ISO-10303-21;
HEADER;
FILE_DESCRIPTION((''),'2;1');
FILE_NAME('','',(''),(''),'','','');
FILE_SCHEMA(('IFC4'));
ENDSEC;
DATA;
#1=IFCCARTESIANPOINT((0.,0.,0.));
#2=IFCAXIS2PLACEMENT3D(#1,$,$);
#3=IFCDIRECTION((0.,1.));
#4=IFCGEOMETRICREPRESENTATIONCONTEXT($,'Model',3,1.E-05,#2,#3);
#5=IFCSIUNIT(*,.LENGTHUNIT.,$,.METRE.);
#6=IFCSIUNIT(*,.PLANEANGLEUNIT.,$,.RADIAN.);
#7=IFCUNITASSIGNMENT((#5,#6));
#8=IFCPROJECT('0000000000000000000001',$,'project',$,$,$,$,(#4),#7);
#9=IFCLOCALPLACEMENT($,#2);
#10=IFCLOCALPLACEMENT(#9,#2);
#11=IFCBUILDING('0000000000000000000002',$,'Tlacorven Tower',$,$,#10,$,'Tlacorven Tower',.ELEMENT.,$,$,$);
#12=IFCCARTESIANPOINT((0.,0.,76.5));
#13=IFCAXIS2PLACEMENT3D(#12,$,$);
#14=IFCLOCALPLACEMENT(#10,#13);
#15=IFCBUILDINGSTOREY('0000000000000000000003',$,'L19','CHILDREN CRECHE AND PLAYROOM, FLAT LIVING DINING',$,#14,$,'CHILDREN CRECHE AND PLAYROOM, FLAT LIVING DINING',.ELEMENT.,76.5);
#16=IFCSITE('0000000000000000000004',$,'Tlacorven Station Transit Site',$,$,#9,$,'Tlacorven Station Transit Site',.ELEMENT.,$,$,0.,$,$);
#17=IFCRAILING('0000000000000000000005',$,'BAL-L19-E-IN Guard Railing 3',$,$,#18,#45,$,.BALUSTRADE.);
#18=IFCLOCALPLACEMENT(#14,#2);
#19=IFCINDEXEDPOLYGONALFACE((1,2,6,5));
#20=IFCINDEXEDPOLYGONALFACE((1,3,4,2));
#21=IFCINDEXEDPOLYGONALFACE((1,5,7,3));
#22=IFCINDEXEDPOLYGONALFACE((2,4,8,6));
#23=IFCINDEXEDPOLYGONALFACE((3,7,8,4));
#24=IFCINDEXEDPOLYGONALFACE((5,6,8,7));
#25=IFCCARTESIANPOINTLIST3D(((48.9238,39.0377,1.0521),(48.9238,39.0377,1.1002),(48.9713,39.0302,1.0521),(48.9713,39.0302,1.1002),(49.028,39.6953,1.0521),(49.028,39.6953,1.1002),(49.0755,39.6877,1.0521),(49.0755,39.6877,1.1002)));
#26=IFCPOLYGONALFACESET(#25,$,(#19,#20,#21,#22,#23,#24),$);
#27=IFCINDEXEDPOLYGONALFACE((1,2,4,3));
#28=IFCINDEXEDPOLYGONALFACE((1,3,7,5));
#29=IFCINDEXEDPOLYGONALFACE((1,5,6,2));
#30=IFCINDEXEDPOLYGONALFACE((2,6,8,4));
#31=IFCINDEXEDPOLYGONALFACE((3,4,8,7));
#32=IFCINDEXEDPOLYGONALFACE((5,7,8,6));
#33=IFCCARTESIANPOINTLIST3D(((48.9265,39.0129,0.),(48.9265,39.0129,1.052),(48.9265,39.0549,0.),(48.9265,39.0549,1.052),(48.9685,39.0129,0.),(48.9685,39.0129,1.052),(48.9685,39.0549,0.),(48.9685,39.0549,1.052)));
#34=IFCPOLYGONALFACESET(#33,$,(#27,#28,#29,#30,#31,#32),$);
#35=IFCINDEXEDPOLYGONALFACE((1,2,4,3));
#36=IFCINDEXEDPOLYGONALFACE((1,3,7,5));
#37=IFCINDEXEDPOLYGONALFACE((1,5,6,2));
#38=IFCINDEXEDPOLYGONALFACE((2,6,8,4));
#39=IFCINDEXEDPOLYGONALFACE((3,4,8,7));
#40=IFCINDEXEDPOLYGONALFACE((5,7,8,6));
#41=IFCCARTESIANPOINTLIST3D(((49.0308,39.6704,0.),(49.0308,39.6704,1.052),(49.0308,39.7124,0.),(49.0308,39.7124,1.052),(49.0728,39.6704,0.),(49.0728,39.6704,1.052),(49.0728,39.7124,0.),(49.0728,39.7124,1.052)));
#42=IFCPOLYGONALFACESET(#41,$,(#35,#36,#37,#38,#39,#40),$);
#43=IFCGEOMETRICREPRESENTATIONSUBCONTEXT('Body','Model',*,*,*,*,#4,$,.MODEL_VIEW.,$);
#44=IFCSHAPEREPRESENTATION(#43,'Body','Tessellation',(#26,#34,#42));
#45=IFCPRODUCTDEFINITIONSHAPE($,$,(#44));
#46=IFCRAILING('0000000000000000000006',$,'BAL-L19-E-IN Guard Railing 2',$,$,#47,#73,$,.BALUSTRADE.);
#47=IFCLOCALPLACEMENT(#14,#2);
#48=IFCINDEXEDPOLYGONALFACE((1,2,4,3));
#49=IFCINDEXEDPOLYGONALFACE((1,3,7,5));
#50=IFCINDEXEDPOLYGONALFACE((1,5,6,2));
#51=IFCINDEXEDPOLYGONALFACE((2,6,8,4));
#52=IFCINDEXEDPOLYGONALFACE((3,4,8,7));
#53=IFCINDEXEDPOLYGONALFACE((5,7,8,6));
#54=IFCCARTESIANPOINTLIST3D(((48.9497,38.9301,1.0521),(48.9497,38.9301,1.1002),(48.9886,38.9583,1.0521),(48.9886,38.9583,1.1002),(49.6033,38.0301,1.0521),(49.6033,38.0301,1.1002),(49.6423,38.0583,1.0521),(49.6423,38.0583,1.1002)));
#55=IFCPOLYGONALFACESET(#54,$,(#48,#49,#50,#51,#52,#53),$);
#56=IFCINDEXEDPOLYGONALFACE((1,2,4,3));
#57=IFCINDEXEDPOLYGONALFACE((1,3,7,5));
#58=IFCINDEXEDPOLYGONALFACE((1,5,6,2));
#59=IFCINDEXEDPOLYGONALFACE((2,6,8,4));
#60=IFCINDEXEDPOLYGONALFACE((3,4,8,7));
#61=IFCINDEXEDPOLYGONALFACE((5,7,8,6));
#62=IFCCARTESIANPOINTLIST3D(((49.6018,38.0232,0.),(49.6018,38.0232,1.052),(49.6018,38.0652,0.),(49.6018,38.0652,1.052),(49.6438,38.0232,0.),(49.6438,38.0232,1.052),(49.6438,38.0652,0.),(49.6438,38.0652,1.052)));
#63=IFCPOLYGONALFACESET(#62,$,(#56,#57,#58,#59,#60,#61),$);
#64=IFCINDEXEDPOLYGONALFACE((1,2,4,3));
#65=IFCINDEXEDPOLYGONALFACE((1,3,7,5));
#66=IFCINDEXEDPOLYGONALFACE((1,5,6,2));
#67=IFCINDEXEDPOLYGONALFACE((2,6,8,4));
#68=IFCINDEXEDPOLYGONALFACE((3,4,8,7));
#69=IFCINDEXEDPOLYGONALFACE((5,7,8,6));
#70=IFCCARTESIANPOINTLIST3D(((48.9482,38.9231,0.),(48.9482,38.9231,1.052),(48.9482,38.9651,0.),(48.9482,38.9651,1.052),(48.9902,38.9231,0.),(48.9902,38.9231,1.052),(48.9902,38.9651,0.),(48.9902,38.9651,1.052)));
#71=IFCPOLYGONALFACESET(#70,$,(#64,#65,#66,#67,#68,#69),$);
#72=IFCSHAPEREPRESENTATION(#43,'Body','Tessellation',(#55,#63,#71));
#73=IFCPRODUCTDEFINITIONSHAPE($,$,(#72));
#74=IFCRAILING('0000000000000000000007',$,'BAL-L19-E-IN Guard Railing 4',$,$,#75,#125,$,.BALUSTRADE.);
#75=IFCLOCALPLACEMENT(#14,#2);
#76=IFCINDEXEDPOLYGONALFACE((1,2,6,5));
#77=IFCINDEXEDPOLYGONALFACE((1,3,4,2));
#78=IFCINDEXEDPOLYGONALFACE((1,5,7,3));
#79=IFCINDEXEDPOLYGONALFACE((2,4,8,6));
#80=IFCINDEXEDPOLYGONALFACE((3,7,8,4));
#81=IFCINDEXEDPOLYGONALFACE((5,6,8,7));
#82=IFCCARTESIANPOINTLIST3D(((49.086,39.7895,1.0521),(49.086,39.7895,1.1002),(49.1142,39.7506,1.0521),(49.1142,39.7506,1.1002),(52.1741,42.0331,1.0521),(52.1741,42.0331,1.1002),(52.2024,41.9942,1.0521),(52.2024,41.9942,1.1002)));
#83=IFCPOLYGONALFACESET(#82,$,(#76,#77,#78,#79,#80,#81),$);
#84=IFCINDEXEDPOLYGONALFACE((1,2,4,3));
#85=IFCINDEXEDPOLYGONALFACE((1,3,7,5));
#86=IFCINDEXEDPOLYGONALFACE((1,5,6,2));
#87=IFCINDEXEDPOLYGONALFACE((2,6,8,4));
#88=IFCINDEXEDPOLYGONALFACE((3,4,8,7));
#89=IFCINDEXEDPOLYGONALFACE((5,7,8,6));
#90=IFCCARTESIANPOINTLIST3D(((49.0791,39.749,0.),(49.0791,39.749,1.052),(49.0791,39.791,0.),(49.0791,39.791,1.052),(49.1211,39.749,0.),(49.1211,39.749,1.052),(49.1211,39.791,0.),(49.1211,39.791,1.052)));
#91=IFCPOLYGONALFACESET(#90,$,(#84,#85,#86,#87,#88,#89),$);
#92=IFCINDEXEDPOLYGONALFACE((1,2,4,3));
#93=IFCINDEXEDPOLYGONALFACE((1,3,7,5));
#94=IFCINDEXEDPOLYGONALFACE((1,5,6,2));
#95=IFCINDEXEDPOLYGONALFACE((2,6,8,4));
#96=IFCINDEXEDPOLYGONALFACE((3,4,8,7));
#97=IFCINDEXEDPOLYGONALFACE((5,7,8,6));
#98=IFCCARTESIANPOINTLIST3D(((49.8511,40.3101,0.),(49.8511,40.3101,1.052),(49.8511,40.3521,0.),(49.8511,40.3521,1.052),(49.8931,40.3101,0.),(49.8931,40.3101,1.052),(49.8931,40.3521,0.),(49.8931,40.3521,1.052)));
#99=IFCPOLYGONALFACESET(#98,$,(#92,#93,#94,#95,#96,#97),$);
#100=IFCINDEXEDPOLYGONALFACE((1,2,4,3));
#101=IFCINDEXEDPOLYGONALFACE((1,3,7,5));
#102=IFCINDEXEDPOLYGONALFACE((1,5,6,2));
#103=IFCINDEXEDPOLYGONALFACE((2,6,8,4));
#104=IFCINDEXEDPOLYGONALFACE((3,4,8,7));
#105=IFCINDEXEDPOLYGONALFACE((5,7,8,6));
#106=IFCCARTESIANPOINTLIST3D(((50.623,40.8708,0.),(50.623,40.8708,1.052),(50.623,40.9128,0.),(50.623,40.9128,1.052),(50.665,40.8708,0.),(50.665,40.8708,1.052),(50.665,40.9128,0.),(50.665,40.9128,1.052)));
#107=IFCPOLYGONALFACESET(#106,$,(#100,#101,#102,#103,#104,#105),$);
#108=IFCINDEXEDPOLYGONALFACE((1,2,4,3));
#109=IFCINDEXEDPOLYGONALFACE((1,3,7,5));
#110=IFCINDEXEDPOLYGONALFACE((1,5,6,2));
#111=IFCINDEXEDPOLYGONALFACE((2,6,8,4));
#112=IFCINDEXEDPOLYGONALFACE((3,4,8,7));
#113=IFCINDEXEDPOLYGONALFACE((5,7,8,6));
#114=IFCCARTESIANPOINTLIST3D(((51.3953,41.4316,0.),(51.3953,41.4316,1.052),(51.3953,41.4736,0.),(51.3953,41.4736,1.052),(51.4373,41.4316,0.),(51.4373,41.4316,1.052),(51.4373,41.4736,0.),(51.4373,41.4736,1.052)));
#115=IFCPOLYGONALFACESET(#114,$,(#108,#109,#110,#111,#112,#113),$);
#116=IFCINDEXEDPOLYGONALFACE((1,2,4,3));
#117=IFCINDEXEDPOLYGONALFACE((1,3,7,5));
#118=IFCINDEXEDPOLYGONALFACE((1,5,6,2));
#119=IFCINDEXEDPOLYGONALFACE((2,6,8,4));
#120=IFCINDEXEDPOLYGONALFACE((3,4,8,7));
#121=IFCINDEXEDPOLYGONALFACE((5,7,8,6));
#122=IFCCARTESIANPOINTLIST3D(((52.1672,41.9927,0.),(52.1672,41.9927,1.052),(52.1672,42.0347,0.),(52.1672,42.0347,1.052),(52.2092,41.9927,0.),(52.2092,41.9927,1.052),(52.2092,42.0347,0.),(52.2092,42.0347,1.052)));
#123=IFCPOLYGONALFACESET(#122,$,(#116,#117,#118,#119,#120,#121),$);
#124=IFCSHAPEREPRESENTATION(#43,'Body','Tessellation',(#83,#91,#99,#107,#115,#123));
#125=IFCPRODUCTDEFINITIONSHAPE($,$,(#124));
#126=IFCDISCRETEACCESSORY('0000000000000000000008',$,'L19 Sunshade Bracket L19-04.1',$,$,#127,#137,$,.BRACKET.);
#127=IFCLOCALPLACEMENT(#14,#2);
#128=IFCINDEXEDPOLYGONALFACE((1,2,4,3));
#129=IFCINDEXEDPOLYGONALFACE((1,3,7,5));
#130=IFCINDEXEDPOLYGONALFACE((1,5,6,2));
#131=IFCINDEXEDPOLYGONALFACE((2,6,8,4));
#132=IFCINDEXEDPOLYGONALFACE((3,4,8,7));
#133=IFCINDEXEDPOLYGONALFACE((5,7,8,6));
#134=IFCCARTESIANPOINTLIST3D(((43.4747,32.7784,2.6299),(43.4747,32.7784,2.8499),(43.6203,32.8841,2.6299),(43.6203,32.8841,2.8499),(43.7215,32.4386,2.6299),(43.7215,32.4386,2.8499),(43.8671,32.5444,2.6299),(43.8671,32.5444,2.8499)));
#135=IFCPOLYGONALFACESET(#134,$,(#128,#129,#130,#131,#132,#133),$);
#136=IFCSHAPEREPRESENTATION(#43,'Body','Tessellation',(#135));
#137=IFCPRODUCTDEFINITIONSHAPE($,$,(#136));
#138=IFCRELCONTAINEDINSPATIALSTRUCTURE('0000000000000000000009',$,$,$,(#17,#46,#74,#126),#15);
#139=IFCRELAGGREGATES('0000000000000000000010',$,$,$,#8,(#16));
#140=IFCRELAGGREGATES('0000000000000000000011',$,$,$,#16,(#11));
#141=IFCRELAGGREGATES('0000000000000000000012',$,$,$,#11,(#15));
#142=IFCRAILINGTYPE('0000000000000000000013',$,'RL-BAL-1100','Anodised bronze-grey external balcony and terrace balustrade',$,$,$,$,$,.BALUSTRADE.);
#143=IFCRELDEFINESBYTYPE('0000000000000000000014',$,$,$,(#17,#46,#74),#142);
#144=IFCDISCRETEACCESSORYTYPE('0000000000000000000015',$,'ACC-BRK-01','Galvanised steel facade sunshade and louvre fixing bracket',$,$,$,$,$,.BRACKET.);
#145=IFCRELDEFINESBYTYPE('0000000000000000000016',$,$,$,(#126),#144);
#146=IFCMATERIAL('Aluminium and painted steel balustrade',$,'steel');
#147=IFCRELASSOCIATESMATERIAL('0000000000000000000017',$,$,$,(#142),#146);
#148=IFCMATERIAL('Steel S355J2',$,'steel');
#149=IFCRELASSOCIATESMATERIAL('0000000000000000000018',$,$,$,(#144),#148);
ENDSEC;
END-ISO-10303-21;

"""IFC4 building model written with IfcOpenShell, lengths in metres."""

from ifc_helpers import new_model, si_unit, direction, frame, origin, origin_2d, place, context, subcontext, project, spatial, rectangle, extrude, source, transform, mapped, material, type_object, element, save


model = new_model("IFC4")

# Units and contexts
model_context = context("Model", 3, precision=1e-05, world=origin(), true_north=direction((0.0, 1.0)))
body_context = subcontext(model_context, "Body", "Model", "MODEL_VIEW")
ifc_project = project(units=[si_unit("LENGTHUNIT", "METRE"), si_unit("PLANEANGLEUNIT", "RADIAN")], contexts=[model_context])

# Site, building, storey
site_placement = place(None, origin())
site = spatial("IfcSite", under=ifc_project, at=site_placement, Name="Tlacorven Station Transit Site", LongName="Tlacorven Station Transit Site", CompositionType="ELEMENT", RefElevation=0.0)
building_placement = place(site_placement, origin())
building = spatial("IfcBuilding", under=site, at=building_placement, Name="Tlacorven Tower", LongName="Tlacorven Tower", CompositionType="ELEMENT")
storey_placement = place(building_placement, frame((0.0, 0.0, 76.5)))
storey = spatial("IfcBuildingStorey", under=building, at=storey_placement, Name="L19", Description="CHILDREN CRECHE AND PLAYROOM, FLAT LIVING DINING", LongName="CHILDREN CRECHE AND PLAYROOM, FLAT LIVING DINING", CompositionType="ELEMENT", Elevation=76.5)

# Shared definitions
ifc_material_1 = material(Name="Steel S355J2", Category="steel")

# Railings
ifc_material_2 = material(Name="Aluminium and painted steel balustrade", Category="steel")
railing_type = type_object("IfcRailingType", Name="RL-BAL-1100", Description="Anodised bronze-grey external balcony and terrace balustrade", PredefinedType="BALUSTRADE", material=ifc_material_2)
shared_shape_1 = source(origin(), body_context, "Body", "SweptSolid", [
    extrude(rectangle(XDim=0.0481, YDim=0.0481, at=origin_2d()), frame((0.0, 0.0, 1.0762), z_axis=(0.156603, 0.987662, 0.0), x_axis=(-0.987662, 0.156603, 0.0)), (0.0, 0.0, 1.0), 0.6658),
    extrude(rectangle(XDim=0.042, YDim=0.042, at=origin_2d()), origin(), (0.0, 0.0, 1.0), 1.052),
    extrude(rectangle(XDim=0.042, YDim=0.042, at=origin_2d()), frame((0.1042, 0.6575, 0.0)), (0.0, 0.0, 1.0), 1.052),
])
railing_1_placement = place(storey_placement, frame((48.9475, 39.0339, 0.0)))
element("IfcRailing", 1, at=railing_1_placement, inside=storey, type_object=railing_type, Name="BAL-L19-E-IN Guard Railing 3", PredefinedType="BALUSTRADE", context=body_context, shape_type="MappedRepresentation", body=[
    mapped(shared_shape_1, transform((0.0, 0.0, 0.0), scale=1.0)),
])
shared_shape_2 = source(origin(), body_context, "Body", "SweptSolid", [
    extrude(rectangle(XDim=0.0481, YDim=0.0481, at=origin_2d()), frame((0.0, 0.0, 1.0762), z_axis=(-0.587636, 0.809125, 0.0), x_axis=(-0.809125, -0.587636, 0.0)), (0.0, 0.0, 1.0), 1.1123),
    extrude(rectangle(XDim=0.042, YDim=0.042, at=origin_2d()), origin(), (0.0, 0.0, 1.0), 1.052),
    extrude(rectangle(XDim=0.042, YDim=0.042, at=origin_2d()), frame((-0.6536, 0.8999, 0.0)), (0.0, 0.0, 1.0), 1.052),
])
railing_2_placement = place(storey_placement, frame((49.6228, 38.0442, 0.0)))
element("IfcRailing", 2, at=railing_2_placement, inside=storey, type_object=railing_type, Name="BAL-L19-E-IN Guard Railing 2", PredefinedType="BALUSTRADE", context=body_context, shape_type="MappedRepresentation", body=[
    mapped(shared_shape_2, transform((0.0, 0.0, 0.0), scale=1.0)),
])
shared_shape_3 = source(origin(), body_context, "Body", "SweptSolid", [
    extrude(rectangle(XDim=0.0481, YDim=0.0481, at=origin_2d()), frame((0.0, 0.0, 1.0762), z_axis=(0.809018, 0.587784, 0.0), x_axis=(-0.587784, 0.809018, 0.0)), (0.0, 0.0, 1.0), 3.8171),
    extrude(rectangle(XDim=0.042, YDim=0.042, at=origin_2d()), origin(), (0.0, 0.0, 1.0), 1.052),
    extrude(rectangle(XDim=0.042, YDim=0.042, at=origin_2d()), frame((0.772, 0.561, 0.0)), (0.0, 0.0, 1.0), 1.052),
    extrude(rectangle(XDim=0.042, YDim=0.042, at=origin_2d()), frame((1.5439, 1.1218, 0.0)), (0.0, 0.0, 1.0), 1.052),
    extrude(rectangle(XDim=0.042, YDim=0.042, at=origin_2d()), frame((2.3162, 1.6826, 0.0)), (0.0, 0.0, 1.0), 1.052),
    extrude(rectangle(XDim=0.042, YDim=0.042, at=origin_2d()), frame((3.0881, 2.2437, 0.0)), (0.0, 0.0, 1.0), 1.052),
])
railing_3_placement = place(storey_placement, frame((49.1001, 39.77, 0.0)))
element("IfcRailing", 3, at=railing_3_placement, inside=storey, type_object=railing_type, Name="BAL-L19-E-IN Guard Railing 4", PredefinedType="BALUSTRADE", context=body_context, shape_type="MappedRepresentation", body=[
    mapped(shared_shape_3, transform((0.0, 0.0, 0.0), scale=1.0)),
])

# Discrete accessory
discrete_accessory_type = type_object("IfcDiscreteAccessoryType", Name="ACC-BRK-01", Description="Galvanised steel facade sunshade and louvre fixing bracket", PredefinedType="BRACKET", material=ifc_material_1)
shared_shape_4 = source(origin(), body_context, "Body", "SweptSolid", [
    extrude(rectangle(XDim=0.1799, YDim=0.4199, at=origin_2d()), origin(), (0.0, 0.0, 1.0), 0.22),
])
discrete_accessory_placement = place(storey_placement, frame((43.6709, 32.6614, 2.6299), z_axis=(0.0, 0.0, 1.0), x_axis=(0.809017, 0.587786, 0.0)))
element("IfcDiscreteAccessory", 4, at=discrete_accessory_placement, inside=storey, type_object=discrete_accessory_type, Name="L19 Sunshade Bracket L19-04.1", PredefinedType="BRACKET", context=body_context, shape_type="MappedRepresentation", body=[
    mapped(shared_shape_4, transform((0.0, 0.0, 0.0), scale=1.0)),
])

save(model, "model.ifc")
